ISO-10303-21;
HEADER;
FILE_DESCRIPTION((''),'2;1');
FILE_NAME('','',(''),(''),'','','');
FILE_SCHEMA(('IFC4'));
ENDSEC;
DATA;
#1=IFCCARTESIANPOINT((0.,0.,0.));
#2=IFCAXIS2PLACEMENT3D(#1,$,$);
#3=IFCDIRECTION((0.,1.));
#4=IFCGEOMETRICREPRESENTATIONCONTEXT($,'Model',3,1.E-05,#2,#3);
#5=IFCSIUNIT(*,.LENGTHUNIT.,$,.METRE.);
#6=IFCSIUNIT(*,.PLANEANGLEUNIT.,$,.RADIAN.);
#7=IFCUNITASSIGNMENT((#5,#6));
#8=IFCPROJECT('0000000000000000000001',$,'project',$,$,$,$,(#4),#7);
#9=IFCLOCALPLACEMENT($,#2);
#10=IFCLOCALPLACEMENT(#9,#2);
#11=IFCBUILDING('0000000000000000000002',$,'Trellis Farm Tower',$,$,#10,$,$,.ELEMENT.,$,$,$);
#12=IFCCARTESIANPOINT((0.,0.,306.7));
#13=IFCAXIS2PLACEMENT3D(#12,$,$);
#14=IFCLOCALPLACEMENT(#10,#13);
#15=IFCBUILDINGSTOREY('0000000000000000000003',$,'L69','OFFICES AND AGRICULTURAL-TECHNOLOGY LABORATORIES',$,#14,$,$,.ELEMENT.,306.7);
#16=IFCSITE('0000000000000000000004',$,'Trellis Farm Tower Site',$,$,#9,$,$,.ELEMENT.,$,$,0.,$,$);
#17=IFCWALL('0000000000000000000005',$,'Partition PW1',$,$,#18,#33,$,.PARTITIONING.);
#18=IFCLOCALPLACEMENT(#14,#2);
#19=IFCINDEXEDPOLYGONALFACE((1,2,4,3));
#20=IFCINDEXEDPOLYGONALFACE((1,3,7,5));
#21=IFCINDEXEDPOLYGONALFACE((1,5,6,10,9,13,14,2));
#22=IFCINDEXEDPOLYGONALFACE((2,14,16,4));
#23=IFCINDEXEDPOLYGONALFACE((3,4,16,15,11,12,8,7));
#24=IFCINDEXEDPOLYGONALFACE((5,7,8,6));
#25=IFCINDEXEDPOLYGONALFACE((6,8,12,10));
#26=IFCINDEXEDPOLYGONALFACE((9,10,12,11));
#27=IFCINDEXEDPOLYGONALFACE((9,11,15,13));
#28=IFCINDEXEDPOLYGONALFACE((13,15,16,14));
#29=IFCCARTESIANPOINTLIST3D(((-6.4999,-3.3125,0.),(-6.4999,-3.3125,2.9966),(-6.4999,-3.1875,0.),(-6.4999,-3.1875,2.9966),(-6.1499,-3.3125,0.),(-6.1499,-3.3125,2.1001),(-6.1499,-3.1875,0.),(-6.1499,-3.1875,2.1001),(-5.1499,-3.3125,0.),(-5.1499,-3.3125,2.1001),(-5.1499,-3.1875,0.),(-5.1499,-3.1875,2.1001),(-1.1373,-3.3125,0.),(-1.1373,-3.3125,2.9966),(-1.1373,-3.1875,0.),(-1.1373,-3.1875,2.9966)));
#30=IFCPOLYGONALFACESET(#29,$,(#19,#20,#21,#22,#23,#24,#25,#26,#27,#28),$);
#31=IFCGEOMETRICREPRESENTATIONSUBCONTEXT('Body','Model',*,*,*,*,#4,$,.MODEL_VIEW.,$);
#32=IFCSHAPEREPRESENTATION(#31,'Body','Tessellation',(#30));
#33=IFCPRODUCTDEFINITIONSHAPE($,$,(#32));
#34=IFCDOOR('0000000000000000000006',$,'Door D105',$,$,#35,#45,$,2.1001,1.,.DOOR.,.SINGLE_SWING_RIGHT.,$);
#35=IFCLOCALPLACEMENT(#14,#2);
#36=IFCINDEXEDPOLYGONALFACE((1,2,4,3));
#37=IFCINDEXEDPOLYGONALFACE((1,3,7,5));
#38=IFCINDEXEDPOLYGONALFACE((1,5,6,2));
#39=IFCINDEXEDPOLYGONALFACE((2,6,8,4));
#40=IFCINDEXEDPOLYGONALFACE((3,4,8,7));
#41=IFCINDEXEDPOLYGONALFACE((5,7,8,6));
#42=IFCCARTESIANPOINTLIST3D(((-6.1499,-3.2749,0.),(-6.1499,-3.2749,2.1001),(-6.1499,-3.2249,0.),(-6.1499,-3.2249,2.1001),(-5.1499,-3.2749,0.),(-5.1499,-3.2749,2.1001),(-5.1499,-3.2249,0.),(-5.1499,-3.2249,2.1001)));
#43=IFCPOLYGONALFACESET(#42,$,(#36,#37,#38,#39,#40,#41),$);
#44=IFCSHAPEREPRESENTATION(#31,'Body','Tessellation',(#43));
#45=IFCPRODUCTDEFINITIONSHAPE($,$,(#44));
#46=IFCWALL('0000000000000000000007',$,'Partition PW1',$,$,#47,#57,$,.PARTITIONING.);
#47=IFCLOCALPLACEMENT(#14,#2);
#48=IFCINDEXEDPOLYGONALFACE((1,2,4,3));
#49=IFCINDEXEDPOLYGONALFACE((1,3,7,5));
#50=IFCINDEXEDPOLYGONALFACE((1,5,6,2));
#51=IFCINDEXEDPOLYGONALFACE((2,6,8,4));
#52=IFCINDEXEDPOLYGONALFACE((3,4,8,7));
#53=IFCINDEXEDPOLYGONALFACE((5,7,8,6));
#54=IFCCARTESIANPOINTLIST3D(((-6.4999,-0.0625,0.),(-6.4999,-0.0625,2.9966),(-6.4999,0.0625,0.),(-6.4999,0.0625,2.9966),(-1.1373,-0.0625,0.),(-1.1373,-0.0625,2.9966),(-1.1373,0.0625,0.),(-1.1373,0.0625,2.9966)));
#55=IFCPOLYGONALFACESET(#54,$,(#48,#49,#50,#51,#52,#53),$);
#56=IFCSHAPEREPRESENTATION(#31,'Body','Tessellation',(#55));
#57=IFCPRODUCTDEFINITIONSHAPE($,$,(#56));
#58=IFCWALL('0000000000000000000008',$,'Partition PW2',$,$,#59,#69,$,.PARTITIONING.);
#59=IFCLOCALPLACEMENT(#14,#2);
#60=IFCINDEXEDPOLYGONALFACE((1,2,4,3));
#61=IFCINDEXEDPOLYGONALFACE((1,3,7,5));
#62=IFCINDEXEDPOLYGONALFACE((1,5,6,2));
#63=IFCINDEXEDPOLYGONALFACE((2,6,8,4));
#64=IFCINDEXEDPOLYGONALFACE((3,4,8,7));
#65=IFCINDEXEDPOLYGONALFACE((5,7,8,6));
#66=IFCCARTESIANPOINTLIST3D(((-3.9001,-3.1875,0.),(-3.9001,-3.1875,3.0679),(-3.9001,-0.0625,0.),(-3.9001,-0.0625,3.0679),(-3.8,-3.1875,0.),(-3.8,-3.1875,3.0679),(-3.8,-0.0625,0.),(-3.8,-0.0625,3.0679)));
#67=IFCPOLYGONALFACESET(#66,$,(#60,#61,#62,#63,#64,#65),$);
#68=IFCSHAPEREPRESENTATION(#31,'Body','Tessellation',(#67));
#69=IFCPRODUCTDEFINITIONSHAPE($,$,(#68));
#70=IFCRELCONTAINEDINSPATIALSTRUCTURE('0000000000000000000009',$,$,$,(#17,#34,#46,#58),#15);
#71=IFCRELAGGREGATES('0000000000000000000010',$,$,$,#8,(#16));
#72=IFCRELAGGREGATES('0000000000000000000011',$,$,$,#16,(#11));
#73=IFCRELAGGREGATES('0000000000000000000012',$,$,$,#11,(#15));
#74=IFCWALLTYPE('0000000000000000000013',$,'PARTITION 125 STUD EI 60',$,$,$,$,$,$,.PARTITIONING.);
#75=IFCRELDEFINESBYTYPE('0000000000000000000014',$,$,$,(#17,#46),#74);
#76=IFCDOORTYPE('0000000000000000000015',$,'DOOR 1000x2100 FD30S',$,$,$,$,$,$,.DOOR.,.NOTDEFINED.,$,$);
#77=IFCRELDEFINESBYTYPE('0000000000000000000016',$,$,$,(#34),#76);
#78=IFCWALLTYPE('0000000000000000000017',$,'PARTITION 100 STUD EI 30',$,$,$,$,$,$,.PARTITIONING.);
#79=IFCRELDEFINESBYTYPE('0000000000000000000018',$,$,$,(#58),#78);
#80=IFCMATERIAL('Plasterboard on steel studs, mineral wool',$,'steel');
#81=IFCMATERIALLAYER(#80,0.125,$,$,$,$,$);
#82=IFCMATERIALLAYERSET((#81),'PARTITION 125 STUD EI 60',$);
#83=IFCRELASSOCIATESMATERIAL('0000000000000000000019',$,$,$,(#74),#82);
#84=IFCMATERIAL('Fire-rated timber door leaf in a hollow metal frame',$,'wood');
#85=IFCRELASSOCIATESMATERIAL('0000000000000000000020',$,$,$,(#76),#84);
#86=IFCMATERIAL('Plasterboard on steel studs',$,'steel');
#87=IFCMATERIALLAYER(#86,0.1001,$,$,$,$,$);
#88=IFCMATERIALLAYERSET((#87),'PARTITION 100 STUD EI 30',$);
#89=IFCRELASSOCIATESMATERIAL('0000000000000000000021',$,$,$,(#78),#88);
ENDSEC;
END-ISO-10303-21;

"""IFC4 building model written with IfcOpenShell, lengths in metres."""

from ifc_helpers import new_model, si_unit, direction, frame, frame_2d, origin, place, context, subcontext, project, spatial, rectangle, extrude, source, transform, mapped, material, layer, layer_set, type_object, element, fill, save


model = new_model("IFC4")

# Units and contexts
model_context = context("Model", 3, precision=1e-05, world=origin(), true_north=direction((0.0, 1.0)))
body_context = subcontext(model_context, "Body", "Model", "MODEL_VIEW")
ifc_project = project(units=[si_unit("LENGTHUNIT", "METRE"), si_unit("PLANEANGLEUNIT", "RADIAN")], contexts=[model_context])

# Site, building, storey
site_placement = place(None, origin())
site = spatial("IfcSite", under=ifc_project, at=site_placement, Name="Trellis Farm Tower Site", CompositionType="ELEMENT", RefElevation=0.0)
building_placement = place(site_placement, origin())
building = spatial("IfcBuilding", under=site, at=building_placement, Name="Trellis Farm Tower", CompositionType="ELEMENT")
storey_placement = place(building_placement, frame((0.0, 0.0, 306.7)))
storey = spatial("IfcBuildingStorey", under=building, at=storey_placement, Name="L69", Description="OFFICES AND AGRICULTURAL-TECHNOLOGY LABORATORIES", CompositionType="ELEMENT", Elevation=306.7)

# Wall, opening, door
ifc_material_1 = material(Name="Plasterboard on steel studs, mineral wool", Category="steel")
ifc_layer_1 = layer(ifc_material_1, 0.125)
ifc_layer_set_1 = layer_set([ifc_layer_1], Name="PARTITION 125 STUD EI 60")
wall_type_1 = type_object("IfcWallType", Name="PARTITION 125 STUD EI 60", PredefinedType="PARTITIONING", material=ifc_layer_set_1)
shared_shape_1 = source(origin(), body_context, "Body", "SweptSolid", [
    extrude(rectangle(XDim=1.0, YDim=2.1001, at=frame_2d((0.5, 1.05))), frame((0.0, 0.0725, 0.0), z_axis=(0.0, -1.0, 0.0), x_axis=(1.0, 0.0, 0.0)), (0.0, 0.0, 1.0), 0.145),
])
ifc_material_2 = material(Name="Fire-rated timber door leaf in a hollow metal frame", Category="wood")
door_type = type_object("IfcDoorType", Name="DOOR 1000x2100 FD30S", OperationType="NOTDEFINED", PredefinedType="DOOR", material=ifc_material_2)
shared_shape_2 = source(origin(), body_context, "Body", "SweptSolid", [
    extrude(rectangle(XDim=1.0, YDim=2.1001, at=frame_2d((0.5, 1.05))), frame((0.0, 0.0249, 0.0), z_axis=(0.0, -1.0, 0.0), x_axis=(1.0, 0.0, 0.0)), (0.0, 0.0, 1.0), 0.05),
])
shared_shape_3 = source(origin(), body_context, "Body", "SweptSolid", [
    extrude(rectangle(XDim=5.3625, YDim=0.125, at=frame_2d((2.6812, 0.0))), origin(), (0.0, 0.0, 1.0), 2.9966),
])
wall_1_placement = place(storey_placement, frame((-1.1375, -3.25, 0.0), z_axis=(0.0, 0.0, 1.0), x_axis=(-1.0, 0.0, 0.0)))
wall_1 = element("IfcWall", 1, at=wall_1_placement, inside=storey, type_object=wall_type_1, Name="Partition PW1", PredefinedType="PARTITIONING", context=body_context, shape_type="MappedRepresentation", body=[
    mapped(shared_shape_3, transform((0.0, 0.0, 0.0))),
])
opening_1_placement = place(wall_1_placement, frame((4.0125, 0.0, 0.0)))
opening_1 = element("IfcOpeningElement", 2, at=opening_1_placement, cuts=wall_1, PredefinedType="OPENING", context=body_context, shape_type="MappedRepresentation", body=[
    mapped(shared_shape_1, transform((0.0, 0.0, 0.0))),
])
door_1_placement = place(opening_1_placement, origin())
door_1 = element("IfcDoor", 3, at=door_1_placement, inside=storey, type_object=door_type, Name="Door D105", OperationType="SINGLE_SWING_RIGHT", OverallHeight=2.1001, OverallWidth=1.0, PredefinedType="DOOR", context=body_context, shape_type="MappedRepresentation", body=[
    mapped(shared_shape_2, transform((0.0, 0.0, 0.0))),
])
fill(opening_1, door_1)

# Walls
wall_2_placement = place(storey_placement, frame((-1.1375, 0.0, 0.0), z_axis=(0.0, 0.0, 1.0), x_axis=(-1.0, 0.0, 0.0)))
element("IfcWall", 4, at=wall_2_placement, inside=storey, type_object=wall_type_1, Name="Partition PW1", PredefinedType="PARTITIONING", context=body_context, shape_type="MappedRepresentation", body=[
    mapped(shared_shape_3, transform((0.0, 0.0, 0.0))),
])
ifc_material_3 = material(Name="Plasterboard on steel studs", Category="steel")
ifc_layer_2 = layer(ifc_material_3, 0.1001)
ifc_layer_set_2 = layer_set([ifc_layer_2], Name="PARTITION 100 STUD EI 30")
wall_type_2 = type_object("IfcWallType", Name="PARTITION 100 STUD EI 30", PredefinedType="PARTITIONING", material=ifc_layer_set_2)
shared_shape_4 = source(origin(), body_context, "Body", "SweptSolid", [
    extrude(rectangle(XDim=3.125, YDim=0.1001, at=frame_2d((1.5625, 0.0))), origin(), (0.0, 0.0, 1.0), 3.0679),
])
wall_3_placement = place(storey_placement, frame((-3.8501, -3.1875, 0.0), z_axis=(0.0, 0.0, 1.0), x_axis=(0.0, 1.0, 0.0)))
element("IfcWall", 5, at=wall_3_placement, inside=storey, type_object=wall_type_2, Name="Partition PW2", PredefinedType="PARTITIONING", context=body_context, shape_type="MappedRepresentation", body=[
    mapped(shared_shape_4, transform((0.0, 0.0, 0.0))),
])

save(model, "model.ifc")
